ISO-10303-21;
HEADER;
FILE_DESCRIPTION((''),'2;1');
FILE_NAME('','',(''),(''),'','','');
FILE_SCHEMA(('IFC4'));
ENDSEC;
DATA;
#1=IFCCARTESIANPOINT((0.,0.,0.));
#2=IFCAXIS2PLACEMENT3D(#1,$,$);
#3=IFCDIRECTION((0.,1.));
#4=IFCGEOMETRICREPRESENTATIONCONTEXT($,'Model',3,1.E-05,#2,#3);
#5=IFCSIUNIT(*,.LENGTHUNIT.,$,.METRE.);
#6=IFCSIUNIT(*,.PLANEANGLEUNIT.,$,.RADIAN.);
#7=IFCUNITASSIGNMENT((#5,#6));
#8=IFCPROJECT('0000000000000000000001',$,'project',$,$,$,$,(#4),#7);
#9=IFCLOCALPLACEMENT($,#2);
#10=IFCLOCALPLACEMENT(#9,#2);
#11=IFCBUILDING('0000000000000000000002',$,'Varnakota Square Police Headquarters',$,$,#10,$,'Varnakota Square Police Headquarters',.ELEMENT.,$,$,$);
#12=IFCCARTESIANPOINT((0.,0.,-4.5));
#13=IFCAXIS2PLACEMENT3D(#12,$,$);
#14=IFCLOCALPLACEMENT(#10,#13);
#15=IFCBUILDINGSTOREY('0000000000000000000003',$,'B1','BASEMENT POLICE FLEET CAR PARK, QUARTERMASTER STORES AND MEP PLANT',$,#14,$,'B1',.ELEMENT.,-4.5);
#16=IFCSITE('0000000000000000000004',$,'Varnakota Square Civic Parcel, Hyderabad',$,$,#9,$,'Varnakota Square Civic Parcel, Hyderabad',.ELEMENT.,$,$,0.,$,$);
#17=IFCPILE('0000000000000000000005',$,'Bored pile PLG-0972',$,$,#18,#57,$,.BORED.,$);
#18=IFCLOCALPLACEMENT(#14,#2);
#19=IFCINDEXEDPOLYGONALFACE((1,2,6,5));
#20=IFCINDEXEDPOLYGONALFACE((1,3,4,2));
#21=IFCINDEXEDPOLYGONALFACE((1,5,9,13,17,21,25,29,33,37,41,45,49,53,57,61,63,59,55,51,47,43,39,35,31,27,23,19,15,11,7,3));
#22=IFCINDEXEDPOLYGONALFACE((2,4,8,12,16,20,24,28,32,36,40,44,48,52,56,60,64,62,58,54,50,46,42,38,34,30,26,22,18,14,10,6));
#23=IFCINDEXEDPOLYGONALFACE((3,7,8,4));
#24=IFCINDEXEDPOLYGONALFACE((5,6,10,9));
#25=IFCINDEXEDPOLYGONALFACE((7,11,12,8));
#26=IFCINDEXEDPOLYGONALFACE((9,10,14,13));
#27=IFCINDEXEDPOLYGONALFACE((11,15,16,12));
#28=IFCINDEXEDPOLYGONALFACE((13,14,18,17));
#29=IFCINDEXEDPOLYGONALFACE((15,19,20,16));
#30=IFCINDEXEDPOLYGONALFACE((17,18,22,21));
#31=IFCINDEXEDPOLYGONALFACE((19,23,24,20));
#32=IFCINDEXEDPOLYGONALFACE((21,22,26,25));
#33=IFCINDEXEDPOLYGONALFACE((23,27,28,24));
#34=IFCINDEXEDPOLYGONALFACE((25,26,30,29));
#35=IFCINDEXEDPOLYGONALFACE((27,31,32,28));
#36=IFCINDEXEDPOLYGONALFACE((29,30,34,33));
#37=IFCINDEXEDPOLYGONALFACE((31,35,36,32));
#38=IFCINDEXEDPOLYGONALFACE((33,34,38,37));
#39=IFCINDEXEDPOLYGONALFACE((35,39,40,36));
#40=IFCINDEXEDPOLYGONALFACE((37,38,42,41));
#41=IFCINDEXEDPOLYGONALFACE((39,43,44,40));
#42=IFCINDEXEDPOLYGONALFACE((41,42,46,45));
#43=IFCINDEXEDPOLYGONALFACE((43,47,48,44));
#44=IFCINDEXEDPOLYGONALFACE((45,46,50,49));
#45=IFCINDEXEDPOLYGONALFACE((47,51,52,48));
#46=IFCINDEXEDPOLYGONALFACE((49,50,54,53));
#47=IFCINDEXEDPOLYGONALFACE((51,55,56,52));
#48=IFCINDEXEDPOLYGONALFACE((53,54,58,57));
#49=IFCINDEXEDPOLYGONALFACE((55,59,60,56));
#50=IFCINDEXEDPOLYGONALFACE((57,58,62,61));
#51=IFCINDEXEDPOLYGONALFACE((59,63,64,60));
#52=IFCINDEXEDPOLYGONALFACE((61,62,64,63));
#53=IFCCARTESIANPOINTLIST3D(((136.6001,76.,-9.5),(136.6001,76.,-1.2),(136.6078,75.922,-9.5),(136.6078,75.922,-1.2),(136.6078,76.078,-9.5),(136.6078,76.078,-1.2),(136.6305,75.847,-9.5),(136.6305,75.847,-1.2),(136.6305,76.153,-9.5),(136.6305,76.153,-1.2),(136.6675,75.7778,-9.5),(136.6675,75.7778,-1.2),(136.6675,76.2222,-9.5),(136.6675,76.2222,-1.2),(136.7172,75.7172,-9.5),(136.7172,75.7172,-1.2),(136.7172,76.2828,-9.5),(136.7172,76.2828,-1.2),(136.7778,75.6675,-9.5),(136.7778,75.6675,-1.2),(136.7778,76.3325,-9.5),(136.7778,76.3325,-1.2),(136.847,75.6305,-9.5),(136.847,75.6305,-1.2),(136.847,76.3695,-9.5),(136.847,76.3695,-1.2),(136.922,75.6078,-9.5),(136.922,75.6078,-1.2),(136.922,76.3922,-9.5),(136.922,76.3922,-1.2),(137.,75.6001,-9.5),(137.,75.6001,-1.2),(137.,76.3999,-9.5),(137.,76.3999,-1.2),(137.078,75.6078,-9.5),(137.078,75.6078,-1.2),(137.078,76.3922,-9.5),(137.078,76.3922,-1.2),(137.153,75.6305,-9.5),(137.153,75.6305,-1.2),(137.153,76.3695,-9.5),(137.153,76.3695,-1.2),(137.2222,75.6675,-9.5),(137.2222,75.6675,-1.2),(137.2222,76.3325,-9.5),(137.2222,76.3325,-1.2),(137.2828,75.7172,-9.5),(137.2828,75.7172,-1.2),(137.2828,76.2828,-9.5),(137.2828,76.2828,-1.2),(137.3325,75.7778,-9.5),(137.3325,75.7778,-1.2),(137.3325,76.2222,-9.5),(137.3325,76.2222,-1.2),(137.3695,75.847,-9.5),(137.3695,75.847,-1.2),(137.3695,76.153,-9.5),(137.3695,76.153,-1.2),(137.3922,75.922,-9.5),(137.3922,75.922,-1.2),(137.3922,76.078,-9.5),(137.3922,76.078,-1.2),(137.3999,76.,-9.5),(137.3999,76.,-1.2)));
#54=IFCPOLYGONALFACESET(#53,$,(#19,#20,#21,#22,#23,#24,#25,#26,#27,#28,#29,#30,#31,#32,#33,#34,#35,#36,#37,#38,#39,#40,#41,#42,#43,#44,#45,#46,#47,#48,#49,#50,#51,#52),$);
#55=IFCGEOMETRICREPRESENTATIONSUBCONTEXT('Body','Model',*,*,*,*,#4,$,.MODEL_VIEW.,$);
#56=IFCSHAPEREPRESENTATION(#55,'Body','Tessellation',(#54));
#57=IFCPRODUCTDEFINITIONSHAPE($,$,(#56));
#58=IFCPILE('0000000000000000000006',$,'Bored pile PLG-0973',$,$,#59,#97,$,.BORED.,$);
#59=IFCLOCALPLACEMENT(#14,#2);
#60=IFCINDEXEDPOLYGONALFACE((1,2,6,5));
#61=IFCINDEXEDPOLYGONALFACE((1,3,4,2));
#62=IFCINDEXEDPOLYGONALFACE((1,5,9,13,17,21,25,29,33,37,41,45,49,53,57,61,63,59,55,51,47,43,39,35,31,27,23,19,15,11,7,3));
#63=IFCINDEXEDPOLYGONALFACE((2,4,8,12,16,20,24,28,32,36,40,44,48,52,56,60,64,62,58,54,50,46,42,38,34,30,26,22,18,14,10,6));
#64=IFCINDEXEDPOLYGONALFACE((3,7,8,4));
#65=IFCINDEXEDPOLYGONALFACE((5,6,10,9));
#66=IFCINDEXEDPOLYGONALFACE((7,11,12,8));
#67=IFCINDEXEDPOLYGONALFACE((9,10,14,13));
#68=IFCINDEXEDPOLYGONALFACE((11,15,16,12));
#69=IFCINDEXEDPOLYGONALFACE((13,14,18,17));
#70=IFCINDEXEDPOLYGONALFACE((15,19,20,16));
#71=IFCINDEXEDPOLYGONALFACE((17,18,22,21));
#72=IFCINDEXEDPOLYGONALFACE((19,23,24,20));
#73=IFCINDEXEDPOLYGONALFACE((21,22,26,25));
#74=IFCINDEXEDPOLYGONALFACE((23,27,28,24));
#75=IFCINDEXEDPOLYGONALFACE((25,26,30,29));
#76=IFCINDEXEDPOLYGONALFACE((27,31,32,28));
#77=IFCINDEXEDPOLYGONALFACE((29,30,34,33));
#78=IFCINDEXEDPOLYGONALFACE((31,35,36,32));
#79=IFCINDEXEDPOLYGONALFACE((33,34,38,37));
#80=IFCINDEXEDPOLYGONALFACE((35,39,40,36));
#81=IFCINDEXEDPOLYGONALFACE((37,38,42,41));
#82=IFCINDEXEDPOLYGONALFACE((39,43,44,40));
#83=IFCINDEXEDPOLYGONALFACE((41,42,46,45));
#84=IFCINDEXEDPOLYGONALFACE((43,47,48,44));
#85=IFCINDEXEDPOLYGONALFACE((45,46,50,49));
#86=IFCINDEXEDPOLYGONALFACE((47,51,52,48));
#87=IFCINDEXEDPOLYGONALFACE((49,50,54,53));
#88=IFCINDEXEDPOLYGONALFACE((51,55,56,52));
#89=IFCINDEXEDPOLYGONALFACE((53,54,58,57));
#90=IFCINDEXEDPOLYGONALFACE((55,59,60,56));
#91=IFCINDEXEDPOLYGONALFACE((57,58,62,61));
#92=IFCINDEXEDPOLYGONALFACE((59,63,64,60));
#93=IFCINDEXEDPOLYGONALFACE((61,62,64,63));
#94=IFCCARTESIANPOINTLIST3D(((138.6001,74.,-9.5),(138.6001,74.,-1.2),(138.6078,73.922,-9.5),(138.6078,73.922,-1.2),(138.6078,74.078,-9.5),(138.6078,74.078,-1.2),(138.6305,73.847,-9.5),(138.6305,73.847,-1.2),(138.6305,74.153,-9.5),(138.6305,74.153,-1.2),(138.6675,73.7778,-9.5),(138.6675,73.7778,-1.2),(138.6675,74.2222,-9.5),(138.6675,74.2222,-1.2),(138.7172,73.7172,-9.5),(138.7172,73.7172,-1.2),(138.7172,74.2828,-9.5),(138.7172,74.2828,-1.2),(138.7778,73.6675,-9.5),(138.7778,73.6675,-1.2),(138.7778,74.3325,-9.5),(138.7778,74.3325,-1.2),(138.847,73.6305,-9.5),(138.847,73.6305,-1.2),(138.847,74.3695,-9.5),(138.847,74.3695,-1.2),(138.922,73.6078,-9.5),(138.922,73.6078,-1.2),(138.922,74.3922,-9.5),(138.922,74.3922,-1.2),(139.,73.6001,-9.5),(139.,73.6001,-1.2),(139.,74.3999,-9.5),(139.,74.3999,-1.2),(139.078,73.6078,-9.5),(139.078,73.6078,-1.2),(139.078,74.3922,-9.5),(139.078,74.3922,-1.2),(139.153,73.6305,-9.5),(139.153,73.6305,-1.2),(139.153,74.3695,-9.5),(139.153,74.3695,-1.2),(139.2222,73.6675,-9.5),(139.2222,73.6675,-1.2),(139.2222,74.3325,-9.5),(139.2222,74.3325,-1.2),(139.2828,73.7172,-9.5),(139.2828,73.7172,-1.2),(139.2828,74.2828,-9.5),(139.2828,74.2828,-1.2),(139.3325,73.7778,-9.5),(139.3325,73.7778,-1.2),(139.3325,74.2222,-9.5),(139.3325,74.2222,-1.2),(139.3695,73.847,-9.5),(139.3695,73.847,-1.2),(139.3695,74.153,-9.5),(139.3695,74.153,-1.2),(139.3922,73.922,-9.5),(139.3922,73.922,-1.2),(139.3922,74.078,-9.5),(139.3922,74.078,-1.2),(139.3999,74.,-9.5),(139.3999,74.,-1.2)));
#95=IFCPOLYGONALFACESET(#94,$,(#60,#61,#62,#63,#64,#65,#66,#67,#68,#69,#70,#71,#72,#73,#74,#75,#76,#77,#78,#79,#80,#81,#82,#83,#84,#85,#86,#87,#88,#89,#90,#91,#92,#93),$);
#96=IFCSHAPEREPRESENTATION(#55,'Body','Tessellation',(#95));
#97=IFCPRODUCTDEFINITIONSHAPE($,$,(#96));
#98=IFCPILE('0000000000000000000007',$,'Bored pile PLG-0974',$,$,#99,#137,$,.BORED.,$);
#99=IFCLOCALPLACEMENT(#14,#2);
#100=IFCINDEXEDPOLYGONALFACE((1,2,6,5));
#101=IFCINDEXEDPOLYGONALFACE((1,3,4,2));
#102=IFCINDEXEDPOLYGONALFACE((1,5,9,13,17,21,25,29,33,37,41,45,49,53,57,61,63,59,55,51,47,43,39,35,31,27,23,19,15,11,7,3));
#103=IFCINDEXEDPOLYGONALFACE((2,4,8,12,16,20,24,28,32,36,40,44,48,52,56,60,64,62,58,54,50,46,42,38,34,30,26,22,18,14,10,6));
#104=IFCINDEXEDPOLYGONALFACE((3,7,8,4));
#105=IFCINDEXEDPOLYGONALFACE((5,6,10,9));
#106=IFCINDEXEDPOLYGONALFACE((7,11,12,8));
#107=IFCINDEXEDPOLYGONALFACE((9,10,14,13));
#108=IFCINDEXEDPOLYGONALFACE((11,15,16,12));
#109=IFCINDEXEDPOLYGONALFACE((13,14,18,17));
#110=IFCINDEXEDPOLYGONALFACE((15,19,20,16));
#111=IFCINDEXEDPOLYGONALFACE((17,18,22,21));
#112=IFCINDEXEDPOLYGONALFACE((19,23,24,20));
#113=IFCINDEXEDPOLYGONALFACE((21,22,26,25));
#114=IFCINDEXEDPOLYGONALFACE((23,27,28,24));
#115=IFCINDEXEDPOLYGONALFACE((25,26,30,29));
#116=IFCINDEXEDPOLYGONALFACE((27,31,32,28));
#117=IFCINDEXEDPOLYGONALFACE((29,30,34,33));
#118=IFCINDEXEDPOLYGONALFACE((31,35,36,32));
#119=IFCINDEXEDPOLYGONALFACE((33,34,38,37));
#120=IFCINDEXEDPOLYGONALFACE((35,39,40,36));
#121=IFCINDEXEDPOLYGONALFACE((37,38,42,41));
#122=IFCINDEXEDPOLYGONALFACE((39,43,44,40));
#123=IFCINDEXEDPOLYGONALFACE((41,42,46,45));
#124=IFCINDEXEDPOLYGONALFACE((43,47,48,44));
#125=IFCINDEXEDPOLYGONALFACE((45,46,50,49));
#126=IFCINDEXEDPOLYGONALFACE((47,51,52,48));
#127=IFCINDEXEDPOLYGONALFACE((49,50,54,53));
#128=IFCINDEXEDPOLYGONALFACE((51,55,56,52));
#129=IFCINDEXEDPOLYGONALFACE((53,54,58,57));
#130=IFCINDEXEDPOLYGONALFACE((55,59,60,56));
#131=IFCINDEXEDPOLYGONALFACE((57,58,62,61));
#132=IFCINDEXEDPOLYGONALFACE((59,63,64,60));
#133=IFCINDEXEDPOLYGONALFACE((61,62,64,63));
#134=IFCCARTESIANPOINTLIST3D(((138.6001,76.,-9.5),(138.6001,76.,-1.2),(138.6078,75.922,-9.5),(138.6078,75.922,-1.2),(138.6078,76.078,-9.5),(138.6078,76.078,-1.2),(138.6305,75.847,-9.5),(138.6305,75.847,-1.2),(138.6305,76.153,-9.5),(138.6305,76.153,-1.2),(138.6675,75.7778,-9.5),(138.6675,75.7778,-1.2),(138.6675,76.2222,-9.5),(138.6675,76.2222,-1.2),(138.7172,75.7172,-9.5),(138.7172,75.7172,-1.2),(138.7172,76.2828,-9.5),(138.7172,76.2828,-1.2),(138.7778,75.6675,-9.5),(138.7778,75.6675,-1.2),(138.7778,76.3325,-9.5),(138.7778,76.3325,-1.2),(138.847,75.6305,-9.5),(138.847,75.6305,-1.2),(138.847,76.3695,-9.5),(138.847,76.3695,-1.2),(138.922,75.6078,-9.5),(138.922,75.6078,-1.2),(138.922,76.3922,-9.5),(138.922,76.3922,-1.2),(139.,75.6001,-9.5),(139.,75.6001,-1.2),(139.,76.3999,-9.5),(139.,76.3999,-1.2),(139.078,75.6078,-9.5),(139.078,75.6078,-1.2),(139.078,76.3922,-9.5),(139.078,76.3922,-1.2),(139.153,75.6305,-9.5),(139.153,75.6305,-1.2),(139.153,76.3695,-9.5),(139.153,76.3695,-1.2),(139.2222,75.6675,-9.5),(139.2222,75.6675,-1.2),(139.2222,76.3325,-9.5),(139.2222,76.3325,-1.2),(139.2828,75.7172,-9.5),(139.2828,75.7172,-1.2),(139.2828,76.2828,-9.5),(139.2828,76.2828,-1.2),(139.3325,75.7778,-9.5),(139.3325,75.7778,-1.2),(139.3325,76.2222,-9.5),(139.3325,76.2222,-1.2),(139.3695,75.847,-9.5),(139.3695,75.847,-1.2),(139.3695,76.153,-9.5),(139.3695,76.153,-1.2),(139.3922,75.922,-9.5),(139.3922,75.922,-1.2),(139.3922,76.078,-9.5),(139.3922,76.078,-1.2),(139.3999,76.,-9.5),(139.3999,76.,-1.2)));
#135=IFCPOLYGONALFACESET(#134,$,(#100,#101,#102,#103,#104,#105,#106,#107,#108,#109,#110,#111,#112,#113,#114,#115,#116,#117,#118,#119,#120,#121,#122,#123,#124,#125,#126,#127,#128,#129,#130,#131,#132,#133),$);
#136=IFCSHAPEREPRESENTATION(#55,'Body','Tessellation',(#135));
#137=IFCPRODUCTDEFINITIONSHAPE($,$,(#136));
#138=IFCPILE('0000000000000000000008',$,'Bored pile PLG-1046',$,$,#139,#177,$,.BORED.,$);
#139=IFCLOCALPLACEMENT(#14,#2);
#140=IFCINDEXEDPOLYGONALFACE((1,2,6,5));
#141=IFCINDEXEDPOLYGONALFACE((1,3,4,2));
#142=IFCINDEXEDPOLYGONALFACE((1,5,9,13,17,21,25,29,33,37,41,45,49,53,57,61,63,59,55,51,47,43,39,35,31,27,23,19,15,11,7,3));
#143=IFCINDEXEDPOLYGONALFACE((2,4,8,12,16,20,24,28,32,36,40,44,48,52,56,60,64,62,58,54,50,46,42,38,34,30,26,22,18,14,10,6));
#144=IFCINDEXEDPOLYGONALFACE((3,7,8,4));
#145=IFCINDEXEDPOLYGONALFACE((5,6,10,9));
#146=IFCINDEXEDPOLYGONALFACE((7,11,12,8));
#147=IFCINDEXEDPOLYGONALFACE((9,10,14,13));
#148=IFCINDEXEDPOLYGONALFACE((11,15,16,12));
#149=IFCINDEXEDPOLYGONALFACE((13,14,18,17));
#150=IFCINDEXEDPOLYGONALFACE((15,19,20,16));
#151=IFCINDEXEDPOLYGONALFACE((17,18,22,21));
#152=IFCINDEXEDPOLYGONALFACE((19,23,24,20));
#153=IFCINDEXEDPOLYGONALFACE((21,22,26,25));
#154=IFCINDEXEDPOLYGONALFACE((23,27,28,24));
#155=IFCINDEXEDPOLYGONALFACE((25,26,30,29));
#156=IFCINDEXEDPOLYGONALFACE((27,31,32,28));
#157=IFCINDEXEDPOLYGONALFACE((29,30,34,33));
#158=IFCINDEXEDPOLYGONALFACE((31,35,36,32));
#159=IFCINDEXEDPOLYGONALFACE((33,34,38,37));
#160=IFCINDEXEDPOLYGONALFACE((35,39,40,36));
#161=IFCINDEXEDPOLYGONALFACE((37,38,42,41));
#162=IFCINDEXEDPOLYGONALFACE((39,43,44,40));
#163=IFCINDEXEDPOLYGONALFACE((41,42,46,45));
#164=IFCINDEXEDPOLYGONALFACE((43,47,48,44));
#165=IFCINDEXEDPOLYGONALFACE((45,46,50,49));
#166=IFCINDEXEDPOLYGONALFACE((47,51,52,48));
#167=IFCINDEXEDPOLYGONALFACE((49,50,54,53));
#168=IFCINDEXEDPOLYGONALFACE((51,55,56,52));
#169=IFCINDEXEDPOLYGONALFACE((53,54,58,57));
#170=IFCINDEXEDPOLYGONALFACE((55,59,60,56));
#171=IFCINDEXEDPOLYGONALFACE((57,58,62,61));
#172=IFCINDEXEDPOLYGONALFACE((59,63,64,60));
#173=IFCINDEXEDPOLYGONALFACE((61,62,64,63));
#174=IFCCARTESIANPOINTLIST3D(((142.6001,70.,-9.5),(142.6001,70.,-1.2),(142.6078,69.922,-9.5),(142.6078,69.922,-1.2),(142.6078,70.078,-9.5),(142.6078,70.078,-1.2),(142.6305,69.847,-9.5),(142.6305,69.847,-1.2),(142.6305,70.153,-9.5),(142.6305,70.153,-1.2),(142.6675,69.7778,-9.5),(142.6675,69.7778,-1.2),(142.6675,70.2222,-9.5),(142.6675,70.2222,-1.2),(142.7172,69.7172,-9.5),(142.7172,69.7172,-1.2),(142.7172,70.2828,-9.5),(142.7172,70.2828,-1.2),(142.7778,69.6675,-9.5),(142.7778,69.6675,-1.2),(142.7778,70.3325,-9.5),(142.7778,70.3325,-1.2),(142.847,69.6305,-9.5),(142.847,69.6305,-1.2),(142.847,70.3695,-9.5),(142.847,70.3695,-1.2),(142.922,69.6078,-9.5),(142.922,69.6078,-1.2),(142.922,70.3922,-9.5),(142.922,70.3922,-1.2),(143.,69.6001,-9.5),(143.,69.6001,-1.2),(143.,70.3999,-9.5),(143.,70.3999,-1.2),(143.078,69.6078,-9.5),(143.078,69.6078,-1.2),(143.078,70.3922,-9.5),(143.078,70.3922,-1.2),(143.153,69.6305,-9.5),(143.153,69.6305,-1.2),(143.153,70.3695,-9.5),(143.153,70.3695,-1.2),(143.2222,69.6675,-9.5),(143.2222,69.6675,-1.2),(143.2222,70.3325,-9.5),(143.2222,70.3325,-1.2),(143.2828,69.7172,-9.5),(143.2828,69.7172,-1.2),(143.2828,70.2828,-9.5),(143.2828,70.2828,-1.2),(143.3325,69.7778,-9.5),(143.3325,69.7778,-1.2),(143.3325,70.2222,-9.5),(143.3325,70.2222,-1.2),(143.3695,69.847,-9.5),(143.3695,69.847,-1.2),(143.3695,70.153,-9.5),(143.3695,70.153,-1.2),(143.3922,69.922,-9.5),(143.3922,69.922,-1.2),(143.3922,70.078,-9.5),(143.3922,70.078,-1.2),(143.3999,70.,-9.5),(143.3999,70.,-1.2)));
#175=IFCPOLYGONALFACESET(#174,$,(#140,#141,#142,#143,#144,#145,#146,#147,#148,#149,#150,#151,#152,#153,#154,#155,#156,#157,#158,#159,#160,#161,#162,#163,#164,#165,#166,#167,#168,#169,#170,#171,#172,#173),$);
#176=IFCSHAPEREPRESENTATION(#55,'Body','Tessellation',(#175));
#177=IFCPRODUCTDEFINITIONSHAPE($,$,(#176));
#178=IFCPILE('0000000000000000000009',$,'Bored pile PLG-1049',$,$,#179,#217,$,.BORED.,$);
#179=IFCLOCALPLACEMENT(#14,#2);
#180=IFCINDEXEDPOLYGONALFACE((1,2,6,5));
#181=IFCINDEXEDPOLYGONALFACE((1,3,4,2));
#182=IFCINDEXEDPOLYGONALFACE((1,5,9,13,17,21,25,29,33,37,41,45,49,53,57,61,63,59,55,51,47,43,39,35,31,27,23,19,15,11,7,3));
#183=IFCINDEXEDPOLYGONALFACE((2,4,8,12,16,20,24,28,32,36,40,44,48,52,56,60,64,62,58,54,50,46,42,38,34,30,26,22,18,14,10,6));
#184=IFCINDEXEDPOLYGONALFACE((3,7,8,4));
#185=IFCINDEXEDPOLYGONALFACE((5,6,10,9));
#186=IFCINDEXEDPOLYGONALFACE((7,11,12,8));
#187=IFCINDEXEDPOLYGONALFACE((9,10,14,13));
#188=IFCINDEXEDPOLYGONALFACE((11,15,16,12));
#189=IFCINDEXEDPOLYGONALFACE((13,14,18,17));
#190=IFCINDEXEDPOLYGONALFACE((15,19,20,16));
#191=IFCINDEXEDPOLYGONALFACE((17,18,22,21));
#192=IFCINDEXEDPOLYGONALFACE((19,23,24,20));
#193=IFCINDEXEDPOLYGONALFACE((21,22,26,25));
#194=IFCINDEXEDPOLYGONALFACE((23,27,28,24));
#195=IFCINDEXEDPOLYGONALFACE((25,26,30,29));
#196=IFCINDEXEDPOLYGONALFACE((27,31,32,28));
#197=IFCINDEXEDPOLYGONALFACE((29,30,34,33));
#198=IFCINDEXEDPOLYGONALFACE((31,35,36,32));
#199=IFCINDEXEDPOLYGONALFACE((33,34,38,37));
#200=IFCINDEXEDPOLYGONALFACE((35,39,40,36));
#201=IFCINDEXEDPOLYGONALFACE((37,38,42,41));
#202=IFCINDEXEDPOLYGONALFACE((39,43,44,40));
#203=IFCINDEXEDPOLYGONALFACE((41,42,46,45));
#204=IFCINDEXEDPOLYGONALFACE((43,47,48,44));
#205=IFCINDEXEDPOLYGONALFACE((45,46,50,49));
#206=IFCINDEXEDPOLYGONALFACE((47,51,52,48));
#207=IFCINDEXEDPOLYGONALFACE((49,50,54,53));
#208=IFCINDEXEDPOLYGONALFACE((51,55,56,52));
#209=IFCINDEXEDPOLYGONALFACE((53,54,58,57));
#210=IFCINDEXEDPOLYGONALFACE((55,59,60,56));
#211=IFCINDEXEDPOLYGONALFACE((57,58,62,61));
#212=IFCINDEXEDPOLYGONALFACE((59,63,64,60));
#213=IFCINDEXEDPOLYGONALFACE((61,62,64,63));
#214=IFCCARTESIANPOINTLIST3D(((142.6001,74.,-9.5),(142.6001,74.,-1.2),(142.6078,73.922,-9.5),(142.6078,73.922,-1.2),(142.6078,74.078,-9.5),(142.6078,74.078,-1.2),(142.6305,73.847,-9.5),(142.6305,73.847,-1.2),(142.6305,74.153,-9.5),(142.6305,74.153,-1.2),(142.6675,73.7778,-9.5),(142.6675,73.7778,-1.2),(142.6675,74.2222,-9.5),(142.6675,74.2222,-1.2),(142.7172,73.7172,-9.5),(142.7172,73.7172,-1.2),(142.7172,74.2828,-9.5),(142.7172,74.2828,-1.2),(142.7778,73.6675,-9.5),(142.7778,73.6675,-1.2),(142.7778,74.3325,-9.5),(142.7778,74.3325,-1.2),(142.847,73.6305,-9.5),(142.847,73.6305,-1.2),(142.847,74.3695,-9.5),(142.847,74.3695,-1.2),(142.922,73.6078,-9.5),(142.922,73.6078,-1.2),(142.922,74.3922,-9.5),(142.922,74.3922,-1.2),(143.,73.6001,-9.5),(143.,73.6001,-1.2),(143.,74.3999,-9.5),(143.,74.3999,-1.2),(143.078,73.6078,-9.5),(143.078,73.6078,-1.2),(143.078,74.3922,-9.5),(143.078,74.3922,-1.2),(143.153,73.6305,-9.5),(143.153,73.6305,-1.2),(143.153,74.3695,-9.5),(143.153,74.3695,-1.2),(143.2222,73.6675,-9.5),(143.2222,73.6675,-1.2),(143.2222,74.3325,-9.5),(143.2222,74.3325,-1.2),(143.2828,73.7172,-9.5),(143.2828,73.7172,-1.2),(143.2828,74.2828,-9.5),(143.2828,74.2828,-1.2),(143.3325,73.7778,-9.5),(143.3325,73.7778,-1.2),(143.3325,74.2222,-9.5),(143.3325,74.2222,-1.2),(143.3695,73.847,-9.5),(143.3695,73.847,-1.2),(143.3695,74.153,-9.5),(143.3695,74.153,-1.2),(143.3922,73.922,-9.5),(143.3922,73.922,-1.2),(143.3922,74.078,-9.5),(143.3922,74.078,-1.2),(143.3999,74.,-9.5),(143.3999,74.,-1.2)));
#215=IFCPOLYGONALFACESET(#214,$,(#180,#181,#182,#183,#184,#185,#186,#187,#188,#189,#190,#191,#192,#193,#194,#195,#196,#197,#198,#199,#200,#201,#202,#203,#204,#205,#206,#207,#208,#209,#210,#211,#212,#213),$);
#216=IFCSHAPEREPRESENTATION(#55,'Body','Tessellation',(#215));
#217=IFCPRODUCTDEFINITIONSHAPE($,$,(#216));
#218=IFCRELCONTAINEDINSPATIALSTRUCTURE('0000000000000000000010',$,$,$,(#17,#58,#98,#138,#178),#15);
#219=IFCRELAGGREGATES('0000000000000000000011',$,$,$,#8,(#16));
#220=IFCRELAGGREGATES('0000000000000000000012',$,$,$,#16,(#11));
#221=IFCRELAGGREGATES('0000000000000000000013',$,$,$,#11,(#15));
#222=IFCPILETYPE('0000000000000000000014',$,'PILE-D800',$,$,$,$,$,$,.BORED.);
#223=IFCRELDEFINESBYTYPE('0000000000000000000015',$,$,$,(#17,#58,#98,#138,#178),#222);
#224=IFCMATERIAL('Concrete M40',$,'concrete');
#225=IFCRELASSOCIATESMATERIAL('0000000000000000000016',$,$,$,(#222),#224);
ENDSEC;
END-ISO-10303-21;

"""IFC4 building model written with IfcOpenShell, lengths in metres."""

from ifc_helpers import new_model, si_unit, direction, frame, origin, origin_2d, place, context, subcontext, project, spatial, circle, extrude, material, material_profile, profile_set, type_object, element, save


model = new_model("IFC4")

# Units and contexts
model_context = context("Model", 3, precision=1e-05, world=origin(), true_north=direction((0.0, 1.0)))
body_context = subcontext(model_context, "Body", "Model", "MODEL_VIEW")
ifc_project = project(units=[si_unit("LENGTHUNIT", "METRE"), si_unit("PLANEANGLEUNIT", "RADIAN")], contexts=[model_context])

# Site, building, storey
site_placement = place(None, origin())
site = spatial("IfcSite", under=ifc_project, at=site_placement, Name="Varnakota Square Civic Parcel, Hyderabad", LongName="Varnakota Square Civic Parcel, Hyderabad", CompositionType="ELEMENT", RefElevation=0.0)
building_placement = place(site_placement, origin())
building = spatial("IfcBuilding", under=site, at=building_placement, Name="Varnakota Square Police Headquarters", LongName="Varnakota Square Police Headquarters", CompositionType="ELEMENT")
storey_placement = place(building_placement, frame((0.0, 0.0, -4.5)))
storey = spatial("IfcBuildingStorey", under=building, at=storey_placement, Name="B1", Description="BASEMENT POLICE FLEET CAR PARK, QUARTERMASTER STORES AND MEP PLANT", LongName="B1", CompositionType="ELEMENT", Elevation=-4.5)

# Shared definitions
ifc_material_1 = material(Name="Concrete M40", Category="concrete")

# Piles
ifc_material_profile_1 = material_profile(ifc_material_1, circle(Radius=0.3999, at=origin_2d()), Name="BORED PILE 800")
ifc_profile_set_1 = profile_set([ifc_material_profile_1], Name="Concrete M40")
pile_type = type_object("IfcPileType", Name="PILE-D800", PredefinedType="BORED", material=ifc_profile_set_1)
for number, where, z_axis, x_axis, name in (
    (1, (137.0, 76.0, -1.2), (0.0, 0.0, -1.0), (1.0, 0.0, 0.0), "Bored pile PLG-0972"),
    (2, (139.0, 74.0, -1.2), (0.0, 0.0, -1.0), (1.0, 0.0, 0.0), "Bored pile PLG-0973"),
    (3, (139.0, 76.0, -1.2), (0.0, 0.0, -1.0), (1.0, 0.0, 0.0), "Bored pile PLG-0974"),
    (4, (143.0, 70.0, -1.2), (0.0, 0.0, -1.0), (1.0, 0.0, 0.0), "Bored pile PLG-1046"),
    (5, (143.0, 74.0, -1.2), (0.0, 0.0, -1.0), (1.0, 0.0, 0.0), "Bored pile PLG-1049"),
):
    element("IfcPile", number, at=place(storey_placement, frame(where, z_axis=z_axis, x_axis=x_axis)), inside=storey, type_object=pile_type, Name=name, PredefinedType="BORED", context=body_context, shape_type="SweptSolid", body=[
        extrude(circle(Radius=0.3999, at=origin_2d()), origin(), (0.0, 0.0, 1.0), 8.3),
    ])

save(model, "model.ifc")
